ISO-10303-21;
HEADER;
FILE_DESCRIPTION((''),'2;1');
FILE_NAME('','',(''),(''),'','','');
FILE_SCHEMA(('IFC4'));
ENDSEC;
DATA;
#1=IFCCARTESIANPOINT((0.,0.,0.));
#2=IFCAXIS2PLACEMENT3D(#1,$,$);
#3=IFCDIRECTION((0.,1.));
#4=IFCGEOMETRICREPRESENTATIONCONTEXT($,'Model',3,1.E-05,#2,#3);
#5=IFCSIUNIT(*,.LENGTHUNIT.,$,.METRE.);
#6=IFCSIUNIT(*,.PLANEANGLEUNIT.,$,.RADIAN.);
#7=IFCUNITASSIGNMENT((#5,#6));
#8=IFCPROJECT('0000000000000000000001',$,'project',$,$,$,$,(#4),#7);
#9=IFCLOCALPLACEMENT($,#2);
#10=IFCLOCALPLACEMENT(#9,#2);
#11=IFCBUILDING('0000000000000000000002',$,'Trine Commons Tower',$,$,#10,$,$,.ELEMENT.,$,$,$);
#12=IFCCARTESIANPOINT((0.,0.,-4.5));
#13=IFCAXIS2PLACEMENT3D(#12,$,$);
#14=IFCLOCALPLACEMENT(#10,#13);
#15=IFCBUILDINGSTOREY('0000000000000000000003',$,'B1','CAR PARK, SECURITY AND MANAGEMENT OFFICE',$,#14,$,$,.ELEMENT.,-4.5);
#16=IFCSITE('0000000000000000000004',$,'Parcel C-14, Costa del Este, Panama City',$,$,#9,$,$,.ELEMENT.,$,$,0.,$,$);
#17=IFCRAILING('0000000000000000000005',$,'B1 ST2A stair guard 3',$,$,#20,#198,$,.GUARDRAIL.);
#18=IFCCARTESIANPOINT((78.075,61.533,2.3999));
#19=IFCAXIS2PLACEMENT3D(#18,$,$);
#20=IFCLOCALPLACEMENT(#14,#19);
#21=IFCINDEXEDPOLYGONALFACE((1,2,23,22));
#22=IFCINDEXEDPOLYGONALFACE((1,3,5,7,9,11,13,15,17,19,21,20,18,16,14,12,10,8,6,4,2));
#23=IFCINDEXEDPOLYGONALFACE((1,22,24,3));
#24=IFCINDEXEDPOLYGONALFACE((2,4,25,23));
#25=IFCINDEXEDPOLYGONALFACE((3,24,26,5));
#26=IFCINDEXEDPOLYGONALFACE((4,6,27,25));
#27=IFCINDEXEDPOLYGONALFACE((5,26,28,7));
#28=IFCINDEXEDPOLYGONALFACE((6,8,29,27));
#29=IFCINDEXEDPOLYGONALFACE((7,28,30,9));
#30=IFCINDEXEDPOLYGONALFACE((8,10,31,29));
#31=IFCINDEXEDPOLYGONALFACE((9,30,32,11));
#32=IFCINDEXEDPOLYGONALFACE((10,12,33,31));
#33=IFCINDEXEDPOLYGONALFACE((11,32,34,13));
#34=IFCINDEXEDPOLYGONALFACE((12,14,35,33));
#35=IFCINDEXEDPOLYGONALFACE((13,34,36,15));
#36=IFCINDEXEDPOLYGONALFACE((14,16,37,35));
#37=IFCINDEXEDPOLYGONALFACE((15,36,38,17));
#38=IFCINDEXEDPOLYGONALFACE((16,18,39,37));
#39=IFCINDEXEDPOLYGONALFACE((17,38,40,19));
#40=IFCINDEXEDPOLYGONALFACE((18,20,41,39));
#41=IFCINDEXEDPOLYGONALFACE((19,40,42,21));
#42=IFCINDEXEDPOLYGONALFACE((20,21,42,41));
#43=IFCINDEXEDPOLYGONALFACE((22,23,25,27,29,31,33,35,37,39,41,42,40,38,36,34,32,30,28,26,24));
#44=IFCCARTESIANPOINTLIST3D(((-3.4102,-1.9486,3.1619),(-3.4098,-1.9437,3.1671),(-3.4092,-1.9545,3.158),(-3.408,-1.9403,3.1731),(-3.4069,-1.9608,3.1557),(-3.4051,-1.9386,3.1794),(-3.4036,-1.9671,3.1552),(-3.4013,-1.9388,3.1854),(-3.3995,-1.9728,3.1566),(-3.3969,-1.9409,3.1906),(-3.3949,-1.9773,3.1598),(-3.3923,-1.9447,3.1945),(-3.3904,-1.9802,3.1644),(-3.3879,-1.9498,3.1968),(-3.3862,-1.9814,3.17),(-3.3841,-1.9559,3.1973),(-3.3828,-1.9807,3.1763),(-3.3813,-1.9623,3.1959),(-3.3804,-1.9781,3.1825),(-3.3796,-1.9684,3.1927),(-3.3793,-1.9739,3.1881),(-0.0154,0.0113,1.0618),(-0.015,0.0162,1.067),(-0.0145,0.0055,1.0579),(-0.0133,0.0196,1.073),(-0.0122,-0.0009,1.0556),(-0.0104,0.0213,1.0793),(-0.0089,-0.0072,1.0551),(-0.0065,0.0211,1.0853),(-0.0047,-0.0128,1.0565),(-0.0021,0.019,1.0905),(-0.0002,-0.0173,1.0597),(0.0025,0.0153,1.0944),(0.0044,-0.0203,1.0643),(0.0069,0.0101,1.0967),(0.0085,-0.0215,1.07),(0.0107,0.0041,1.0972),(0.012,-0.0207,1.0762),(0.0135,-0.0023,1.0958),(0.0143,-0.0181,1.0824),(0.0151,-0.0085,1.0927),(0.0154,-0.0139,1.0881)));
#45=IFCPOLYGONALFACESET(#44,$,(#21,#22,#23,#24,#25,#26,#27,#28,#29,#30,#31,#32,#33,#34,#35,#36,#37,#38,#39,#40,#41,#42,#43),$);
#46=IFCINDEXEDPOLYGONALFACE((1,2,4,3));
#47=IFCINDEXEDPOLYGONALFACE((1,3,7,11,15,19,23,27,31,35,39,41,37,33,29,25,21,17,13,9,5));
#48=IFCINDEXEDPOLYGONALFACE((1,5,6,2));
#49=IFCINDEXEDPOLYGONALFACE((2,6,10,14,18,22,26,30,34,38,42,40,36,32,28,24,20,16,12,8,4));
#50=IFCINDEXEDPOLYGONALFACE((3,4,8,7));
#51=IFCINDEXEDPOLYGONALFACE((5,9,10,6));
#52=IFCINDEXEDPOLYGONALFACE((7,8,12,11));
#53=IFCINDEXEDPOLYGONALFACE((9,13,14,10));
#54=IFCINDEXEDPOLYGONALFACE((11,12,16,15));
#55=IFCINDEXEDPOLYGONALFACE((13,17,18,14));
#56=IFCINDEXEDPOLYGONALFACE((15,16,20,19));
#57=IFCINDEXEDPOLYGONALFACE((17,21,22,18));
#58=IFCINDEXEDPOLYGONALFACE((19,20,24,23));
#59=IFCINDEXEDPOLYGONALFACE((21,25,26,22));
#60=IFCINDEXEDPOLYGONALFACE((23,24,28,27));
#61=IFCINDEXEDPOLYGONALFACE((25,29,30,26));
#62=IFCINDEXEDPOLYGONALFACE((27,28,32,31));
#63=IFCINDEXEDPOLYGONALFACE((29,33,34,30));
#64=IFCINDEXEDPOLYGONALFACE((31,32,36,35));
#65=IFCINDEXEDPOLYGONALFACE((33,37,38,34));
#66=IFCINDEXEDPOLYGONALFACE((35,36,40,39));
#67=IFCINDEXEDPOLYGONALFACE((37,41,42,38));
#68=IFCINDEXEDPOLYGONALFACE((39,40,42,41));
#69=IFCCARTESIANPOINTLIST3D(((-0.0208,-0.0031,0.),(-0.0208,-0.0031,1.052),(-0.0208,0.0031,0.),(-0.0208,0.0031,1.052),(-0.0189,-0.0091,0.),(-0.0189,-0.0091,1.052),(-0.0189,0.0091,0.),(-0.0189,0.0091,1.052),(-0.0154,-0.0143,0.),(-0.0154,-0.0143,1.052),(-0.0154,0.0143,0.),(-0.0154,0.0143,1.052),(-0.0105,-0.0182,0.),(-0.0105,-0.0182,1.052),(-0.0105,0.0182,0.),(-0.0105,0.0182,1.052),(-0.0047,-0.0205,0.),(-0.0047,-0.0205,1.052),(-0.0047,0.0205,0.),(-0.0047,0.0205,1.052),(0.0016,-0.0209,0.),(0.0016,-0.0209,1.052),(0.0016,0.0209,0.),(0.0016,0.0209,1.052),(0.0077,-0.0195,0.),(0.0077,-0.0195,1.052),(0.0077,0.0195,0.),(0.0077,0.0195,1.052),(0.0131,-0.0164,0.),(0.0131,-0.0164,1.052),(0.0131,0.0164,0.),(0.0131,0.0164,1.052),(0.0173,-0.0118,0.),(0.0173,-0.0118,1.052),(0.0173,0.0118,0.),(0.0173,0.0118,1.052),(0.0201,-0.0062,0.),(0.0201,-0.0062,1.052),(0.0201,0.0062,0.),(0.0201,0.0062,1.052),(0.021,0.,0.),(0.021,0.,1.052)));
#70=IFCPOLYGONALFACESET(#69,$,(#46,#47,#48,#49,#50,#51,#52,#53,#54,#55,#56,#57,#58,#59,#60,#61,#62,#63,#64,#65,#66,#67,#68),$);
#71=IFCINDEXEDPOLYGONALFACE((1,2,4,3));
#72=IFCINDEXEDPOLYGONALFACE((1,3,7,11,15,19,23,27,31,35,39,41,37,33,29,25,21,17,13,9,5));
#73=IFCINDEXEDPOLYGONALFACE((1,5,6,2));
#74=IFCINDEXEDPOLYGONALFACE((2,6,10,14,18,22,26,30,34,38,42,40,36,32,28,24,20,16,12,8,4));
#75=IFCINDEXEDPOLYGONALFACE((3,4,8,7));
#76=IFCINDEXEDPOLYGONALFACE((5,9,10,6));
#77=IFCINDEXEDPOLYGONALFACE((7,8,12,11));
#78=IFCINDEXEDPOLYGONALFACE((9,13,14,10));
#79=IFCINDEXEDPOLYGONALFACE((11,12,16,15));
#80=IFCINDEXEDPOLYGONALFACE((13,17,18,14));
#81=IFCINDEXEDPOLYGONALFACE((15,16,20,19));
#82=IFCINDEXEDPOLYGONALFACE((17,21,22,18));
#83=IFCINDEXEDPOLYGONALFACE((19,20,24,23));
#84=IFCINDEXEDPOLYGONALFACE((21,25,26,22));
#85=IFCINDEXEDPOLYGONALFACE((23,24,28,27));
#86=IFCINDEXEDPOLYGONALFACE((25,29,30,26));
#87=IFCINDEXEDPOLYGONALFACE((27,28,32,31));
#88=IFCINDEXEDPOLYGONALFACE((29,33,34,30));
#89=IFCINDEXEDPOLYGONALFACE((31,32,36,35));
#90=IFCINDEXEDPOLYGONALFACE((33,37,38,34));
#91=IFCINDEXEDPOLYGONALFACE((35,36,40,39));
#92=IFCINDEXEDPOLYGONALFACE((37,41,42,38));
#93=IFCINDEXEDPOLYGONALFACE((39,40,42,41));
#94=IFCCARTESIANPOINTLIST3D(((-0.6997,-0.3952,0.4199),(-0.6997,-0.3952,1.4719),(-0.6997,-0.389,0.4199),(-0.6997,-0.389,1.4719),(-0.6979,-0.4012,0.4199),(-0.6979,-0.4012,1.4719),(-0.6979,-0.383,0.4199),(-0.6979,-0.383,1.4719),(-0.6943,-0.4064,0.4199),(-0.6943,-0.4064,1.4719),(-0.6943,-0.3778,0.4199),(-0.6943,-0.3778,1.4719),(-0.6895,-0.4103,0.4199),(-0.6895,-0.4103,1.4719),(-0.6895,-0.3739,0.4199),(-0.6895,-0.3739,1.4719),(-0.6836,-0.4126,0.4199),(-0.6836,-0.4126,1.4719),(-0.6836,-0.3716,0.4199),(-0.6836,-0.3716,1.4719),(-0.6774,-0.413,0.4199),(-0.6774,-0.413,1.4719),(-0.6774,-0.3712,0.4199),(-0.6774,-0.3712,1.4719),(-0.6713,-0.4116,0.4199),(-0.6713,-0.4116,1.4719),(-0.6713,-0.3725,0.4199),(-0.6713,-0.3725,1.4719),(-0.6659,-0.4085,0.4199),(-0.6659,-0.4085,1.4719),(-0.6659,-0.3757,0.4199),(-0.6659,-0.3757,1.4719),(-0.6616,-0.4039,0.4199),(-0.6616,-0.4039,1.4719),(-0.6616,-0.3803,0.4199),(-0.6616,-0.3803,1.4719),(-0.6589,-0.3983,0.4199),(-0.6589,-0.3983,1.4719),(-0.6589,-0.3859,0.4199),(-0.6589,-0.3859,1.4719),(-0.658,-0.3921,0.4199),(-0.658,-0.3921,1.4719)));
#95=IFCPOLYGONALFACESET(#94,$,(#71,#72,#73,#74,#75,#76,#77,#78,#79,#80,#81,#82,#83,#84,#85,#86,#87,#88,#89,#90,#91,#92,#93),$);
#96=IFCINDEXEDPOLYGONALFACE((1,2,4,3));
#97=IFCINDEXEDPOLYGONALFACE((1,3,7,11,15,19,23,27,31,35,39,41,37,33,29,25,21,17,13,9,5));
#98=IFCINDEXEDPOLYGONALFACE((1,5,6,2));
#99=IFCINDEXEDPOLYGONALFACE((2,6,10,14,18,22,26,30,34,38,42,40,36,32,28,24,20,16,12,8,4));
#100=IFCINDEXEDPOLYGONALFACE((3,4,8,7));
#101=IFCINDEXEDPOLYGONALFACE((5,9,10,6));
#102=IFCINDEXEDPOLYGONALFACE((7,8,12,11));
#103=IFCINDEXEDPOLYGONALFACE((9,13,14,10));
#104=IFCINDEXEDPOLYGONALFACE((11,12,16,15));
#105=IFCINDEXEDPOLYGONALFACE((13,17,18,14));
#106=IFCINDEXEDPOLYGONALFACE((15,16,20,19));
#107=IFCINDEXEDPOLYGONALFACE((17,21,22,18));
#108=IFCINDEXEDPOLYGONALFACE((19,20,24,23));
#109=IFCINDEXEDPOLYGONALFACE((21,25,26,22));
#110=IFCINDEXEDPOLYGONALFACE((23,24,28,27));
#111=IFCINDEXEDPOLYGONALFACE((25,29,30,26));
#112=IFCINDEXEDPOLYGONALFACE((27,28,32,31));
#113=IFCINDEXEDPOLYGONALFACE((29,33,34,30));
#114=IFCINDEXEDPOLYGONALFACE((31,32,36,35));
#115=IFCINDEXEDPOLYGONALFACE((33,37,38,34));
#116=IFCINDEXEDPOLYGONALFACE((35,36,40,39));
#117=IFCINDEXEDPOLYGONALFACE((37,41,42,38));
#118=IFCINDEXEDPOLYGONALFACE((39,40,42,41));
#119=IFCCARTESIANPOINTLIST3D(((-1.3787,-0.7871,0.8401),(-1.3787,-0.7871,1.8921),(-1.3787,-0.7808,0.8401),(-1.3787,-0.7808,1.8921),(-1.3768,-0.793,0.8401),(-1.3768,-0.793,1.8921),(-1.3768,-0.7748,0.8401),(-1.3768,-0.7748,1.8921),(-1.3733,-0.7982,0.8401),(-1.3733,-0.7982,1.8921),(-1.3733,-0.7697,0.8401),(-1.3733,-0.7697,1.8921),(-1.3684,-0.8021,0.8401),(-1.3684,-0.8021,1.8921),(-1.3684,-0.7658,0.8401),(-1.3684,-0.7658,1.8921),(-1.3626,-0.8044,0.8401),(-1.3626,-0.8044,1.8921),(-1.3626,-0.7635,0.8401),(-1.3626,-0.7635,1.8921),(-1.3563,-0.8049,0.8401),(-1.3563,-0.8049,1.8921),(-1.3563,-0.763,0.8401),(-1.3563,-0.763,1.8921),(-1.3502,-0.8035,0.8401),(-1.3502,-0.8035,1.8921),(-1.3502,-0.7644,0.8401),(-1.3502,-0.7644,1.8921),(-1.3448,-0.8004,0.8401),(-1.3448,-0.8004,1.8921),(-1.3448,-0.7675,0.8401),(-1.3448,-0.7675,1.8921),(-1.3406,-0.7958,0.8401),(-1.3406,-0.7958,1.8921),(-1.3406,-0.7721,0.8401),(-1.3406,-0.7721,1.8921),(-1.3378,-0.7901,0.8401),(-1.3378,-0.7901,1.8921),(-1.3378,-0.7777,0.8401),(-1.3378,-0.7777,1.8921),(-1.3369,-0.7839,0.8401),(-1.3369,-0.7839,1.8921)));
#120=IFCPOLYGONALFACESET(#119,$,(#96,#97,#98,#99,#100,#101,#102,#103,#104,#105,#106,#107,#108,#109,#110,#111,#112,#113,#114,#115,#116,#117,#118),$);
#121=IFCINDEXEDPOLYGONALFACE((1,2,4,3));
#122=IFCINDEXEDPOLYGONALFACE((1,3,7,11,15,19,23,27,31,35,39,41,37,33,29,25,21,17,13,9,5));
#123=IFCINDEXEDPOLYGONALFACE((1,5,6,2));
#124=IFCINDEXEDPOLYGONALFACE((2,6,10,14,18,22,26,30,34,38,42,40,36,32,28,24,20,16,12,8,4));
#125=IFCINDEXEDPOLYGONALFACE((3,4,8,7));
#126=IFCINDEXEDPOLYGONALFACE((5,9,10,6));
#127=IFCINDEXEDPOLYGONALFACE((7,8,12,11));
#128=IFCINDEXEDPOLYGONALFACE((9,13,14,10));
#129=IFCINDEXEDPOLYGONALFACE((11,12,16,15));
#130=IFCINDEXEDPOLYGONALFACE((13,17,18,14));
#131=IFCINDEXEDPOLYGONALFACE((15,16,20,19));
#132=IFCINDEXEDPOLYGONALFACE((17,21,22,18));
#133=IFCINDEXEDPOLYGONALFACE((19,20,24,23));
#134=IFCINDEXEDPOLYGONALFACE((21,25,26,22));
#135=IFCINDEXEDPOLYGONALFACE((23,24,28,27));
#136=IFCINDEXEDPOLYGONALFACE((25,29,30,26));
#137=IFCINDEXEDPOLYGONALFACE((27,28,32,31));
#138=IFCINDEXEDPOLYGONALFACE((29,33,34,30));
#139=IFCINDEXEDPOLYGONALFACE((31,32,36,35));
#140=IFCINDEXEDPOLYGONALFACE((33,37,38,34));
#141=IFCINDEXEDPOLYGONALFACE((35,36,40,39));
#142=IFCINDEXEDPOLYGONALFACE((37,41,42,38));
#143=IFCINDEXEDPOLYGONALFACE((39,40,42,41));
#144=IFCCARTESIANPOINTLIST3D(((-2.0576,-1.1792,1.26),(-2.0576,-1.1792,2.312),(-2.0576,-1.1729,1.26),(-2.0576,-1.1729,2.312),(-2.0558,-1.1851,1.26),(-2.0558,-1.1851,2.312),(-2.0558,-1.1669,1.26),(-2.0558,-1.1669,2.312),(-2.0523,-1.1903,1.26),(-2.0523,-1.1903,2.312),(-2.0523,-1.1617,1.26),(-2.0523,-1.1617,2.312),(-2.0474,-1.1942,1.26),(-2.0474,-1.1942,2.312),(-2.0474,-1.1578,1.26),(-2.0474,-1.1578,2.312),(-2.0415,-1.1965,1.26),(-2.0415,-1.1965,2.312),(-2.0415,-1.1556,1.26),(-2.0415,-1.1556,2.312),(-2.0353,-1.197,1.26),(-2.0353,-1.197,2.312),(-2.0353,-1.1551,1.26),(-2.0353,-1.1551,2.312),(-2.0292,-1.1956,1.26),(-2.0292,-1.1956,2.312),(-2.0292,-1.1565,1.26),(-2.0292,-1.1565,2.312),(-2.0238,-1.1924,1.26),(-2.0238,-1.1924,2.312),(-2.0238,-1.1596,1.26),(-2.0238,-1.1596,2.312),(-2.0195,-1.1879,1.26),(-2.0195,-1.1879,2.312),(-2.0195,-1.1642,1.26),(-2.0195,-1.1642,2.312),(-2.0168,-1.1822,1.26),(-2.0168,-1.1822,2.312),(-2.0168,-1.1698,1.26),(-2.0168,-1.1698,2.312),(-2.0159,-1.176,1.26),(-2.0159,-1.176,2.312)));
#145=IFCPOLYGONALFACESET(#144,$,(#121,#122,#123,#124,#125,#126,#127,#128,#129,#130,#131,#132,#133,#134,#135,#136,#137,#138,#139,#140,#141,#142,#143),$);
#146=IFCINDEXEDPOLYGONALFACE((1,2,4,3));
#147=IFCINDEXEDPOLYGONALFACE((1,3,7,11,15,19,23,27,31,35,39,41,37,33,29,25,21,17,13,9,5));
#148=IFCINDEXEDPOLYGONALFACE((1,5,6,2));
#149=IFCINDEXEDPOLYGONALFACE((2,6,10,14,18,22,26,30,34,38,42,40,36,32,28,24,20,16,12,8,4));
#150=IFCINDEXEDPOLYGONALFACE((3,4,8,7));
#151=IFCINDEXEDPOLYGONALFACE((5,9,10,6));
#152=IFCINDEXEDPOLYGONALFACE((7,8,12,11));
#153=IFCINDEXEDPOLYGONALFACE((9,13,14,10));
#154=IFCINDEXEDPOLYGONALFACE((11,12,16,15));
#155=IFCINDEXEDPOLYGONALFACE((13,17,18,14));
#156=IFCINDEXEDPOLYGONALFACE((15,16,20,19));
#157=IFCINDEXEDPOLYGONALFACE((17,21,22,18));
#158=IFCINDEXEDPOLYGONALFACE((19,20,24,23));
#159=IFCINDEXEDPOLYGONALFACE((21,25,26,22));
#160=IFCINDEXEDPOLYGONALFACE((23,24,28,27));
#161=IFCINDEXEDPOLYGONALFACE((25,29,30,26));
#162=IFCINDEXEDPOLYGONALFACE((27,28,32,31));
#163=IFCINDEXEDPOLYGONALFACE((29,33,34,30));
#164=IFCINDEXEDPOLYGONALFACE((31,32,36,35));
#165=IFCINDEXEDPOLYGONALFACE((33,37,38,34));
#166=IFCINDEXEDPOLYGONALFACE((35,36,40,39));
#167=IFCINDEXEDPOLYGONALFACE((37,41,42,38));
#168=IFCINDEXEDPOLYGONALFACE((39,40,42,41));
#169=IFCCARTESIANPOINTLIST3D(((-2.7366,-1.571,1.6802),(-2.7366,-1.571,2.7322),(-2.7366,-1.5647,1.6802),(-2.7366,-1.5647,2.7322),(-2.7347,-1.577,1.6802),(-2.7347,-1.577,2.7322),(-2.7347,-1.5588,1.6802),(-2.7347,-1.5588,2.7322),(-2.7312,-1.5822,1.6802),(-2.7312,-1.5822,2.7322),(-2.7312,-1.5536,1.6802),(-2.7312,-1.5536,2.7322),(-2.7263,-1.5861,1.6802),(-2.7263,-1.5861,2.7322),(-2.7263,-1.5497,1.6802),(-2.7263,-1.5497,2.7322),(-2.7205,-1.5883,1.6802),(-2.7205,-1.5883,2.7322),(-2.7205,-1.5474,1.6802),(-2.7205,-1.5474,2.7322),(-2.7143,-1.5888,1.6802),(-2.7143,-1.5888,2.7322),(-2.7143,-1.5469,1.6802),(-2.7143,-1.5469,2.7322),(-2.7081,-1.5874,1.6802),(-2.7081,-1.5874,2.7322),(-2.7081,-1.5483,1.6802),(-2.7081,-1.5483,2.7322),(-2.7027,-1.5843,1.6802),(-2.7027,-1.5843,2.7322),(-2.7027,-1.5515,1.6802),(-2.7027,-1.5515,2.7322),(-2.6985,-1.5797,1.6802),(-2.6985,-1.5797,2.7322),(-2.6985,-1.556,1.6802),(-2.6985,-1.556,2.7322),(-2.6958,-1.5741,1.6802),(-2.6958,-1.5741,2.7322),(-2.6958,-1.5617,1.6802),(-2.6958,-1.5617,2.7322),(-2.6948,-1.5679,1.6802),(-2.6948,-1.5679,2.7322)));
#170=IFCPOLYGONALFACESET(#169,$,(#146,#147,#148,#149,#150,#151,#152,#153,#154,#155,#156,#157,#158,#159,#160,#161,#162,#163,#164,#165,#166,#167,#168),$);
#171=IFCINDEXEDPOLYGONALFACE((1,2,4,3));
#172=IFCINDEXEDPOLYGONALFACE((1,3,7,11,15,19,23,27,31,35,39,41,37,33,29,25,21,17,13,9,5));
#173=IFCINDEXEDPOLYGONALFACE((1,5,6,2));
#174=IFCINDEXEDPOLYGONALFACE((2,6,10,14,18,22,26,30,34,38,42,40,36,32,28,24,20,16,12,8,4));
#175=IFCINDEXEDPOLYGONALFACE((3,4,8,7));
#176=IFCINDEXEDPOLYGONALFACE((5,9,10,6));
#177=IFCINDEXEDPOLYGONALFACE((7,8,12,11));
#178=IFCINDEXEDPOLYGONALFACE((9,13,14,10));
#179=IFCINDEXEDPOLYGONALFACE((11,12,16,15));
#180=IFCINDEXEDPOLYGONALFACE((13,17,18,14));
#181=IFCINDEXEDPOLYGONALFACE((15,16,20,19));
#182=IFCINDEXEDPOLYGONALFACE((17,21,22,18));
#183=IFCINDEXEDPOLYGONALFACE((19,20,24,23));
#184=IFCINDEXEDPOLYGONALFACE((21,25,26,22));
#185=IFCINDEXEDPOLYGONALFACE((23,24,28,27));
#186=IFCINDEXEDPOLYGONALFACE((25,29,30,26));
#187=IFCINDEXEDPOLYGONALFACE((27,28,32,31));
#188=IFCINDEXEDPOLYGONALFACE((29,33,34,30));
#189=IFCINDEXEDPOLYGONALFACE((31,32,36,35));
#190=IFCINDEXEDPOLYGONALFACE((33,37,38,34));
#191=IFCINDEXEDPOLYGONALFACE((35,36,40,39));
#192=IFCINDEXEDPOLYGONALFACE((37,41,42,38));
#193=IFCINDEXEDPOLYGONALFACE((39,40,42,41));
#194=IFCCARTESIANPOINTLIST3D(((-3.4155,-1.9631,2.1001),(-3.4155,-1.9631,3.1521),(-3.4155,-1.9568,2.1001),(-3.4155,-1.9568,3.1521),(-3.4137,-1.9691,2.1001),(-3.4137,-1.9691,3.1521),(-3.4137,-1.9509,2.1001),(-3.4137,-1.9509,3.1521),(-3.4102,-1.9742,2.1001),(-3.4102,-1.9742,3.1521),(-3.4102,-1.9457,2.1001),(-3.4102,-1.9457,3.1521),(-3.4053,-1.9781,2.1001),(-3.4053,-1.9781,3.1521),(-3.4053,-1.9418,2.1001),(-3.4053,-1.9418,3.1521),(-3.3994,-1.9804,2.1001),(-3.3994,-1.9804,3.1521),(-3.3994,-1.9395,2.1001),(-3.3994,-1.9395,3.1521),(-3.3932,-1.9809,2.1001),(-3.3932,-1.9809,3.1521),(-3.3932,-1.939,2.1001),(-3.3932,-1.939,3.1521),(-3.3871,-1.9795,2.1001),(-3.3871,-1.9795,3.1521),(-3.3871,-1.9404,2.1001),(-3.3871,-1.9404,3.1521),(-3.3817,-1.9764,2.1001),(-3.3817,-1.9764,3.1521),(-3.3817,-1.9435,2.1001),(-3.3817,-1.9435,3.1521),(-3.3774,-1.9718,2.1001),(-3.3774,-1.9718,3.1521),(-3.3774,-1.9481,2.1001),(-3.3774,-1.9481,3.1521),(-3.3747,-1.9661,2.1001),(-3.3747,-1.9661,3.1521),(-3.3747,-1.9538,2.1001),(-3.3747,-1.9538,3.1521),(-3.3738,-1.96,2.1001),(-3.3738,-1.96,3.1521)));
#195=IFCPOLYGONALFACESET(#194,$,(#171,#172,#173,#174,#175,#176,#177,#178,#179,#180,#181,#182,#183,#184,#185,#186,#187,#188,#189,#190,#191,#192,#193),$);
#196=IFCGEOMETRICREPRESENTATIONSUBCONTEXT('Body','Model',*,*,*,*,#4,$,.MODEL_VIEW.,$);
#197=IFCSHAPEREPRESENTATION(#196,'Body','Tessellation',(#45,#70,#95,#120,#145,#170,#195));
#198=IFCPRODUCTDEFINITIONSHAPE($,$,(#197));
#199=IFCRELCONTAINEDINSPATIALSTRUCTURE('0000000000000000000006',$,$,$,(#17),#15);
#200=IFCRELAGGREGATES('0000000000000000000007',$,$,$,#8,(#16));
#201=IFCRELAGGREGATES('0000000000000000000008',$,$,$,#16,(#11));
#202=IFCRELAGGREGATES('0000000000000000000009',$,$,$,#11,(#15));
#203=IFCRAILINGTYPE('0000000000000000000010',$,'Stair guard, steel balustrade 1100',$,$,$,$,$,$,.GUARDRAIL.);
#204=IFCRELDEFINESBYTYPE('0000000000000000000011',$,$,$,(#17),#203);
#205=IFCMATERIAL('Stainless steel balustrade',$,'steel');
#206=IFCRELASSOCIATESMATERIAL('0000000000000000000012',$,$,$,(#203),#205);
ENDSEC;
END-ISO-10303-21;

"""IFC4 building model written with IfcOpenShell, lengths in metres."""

from ifc_helpers import new_model, si_unit, direction, frame, origin, origin_2d, place, context, subcontext, project, spatial, circle, extrude, material, type_object, element, save


model = new_model("IFC4")

# Units and contexts
model_context = context("Model", 3, precision=1e-05, world=origin(), true_north=direction((0.0, 1.0)))
body_context = subcontext(model_context, "Body", "Model", "MODEL_VIEW")
ifc_project = project(units=[si_unit("LENGTHUNIT", "METRE"), si_unit("PLANEANGLEUNIT", "RADIAN")], contexts=[model_context])

# Site, building, storey
site_placement = place(None, origin())
site = spatial("IfcSite", under=ifc_project, at=site_placement, Name="Parcel C-14, Costa del Este, Panama City", CompositionType="ELEMENT", RefElevation=0.0)
building_placement = place(site_placement, origin())
building = spatial("IfcBuilding", under=site, at=building_placement, Name="Trine Commons Tower", CompositionType="ELEMENT")
storey_placement = place(building_placement, frame((0.0, 0.0, -4.5)))
storey = spatial("IfcBuildingStorey", under=building, at=storey_placement, Name="B1", Description="CAR PARK, SECURITY AND MANAGEMENT OFFICE", CompositionType="ELEMENT", Elevation=-4.5)

# Railing
ifc_material_1 = material(Name="Stainless steel balustrade", Category="steel")
railing_type_1 = type_object("IfcRailingType", Name="Stair guard, steel balustrade 1100", PredefinedType="GUARDRAIL", material=ifc_material_1)
railing_1_placement = place(storey_placement, frame((78.075, 61.533, 2.3999)))
element("IfcRailing", 1, at=railing_1_placement, inside=storey, type_object=railing_type_1, Name="B1 ST2A stair guard 3", PredefinedType="GUARDRAIL", context=body_context, shape_type="SweptSolid", body=[
    extrude(circle(Radius=0.0239, at=origin_2d()), frame((0.0, 0.0, 1.0762), z_axis=(-0.763375, -0.440732, 0.472244), x_axis=(0.499997, -0.866027, 0.0)), (0.0, 0.0, 1.0), 4.447),
    extrude(circle(Radius=0.021, at=origin_2d()), origin(), (0.0, 0.0, 1.0), 1.052),
    extrude(circle(Radius=0.021, at=origin_2d()), frame((-0.679, -0.3921, 0.4199)), (0.0, 0.0, 1.0), 1.052),
    extrude(circle(Radius=0.021, at=origin_2d()), frame((-1.3579, -0.7839, 0.8401)), (0.0, 0.0, 1.0), 1.052),
    extrude(circle(Radius=0.021, at=origin_2d()), frame((-2.0369, -1.176, 1.26)), (0.0, 0.0, 1.0), 1.052),
    extrude(circle(Radius=0.021, at=origin_2d()), frame((-2.7158, -1.5679, 1.6802)), (0.0, 0.0, 1.0), 1.052),
    extrude(circle(Radius=0.021, at=origin_2d()), frame((-3.3948, -1.96, 2.1001)), (0.0, 0.0, 1.0), 1.052),
])

save(model, "model.ifc")
